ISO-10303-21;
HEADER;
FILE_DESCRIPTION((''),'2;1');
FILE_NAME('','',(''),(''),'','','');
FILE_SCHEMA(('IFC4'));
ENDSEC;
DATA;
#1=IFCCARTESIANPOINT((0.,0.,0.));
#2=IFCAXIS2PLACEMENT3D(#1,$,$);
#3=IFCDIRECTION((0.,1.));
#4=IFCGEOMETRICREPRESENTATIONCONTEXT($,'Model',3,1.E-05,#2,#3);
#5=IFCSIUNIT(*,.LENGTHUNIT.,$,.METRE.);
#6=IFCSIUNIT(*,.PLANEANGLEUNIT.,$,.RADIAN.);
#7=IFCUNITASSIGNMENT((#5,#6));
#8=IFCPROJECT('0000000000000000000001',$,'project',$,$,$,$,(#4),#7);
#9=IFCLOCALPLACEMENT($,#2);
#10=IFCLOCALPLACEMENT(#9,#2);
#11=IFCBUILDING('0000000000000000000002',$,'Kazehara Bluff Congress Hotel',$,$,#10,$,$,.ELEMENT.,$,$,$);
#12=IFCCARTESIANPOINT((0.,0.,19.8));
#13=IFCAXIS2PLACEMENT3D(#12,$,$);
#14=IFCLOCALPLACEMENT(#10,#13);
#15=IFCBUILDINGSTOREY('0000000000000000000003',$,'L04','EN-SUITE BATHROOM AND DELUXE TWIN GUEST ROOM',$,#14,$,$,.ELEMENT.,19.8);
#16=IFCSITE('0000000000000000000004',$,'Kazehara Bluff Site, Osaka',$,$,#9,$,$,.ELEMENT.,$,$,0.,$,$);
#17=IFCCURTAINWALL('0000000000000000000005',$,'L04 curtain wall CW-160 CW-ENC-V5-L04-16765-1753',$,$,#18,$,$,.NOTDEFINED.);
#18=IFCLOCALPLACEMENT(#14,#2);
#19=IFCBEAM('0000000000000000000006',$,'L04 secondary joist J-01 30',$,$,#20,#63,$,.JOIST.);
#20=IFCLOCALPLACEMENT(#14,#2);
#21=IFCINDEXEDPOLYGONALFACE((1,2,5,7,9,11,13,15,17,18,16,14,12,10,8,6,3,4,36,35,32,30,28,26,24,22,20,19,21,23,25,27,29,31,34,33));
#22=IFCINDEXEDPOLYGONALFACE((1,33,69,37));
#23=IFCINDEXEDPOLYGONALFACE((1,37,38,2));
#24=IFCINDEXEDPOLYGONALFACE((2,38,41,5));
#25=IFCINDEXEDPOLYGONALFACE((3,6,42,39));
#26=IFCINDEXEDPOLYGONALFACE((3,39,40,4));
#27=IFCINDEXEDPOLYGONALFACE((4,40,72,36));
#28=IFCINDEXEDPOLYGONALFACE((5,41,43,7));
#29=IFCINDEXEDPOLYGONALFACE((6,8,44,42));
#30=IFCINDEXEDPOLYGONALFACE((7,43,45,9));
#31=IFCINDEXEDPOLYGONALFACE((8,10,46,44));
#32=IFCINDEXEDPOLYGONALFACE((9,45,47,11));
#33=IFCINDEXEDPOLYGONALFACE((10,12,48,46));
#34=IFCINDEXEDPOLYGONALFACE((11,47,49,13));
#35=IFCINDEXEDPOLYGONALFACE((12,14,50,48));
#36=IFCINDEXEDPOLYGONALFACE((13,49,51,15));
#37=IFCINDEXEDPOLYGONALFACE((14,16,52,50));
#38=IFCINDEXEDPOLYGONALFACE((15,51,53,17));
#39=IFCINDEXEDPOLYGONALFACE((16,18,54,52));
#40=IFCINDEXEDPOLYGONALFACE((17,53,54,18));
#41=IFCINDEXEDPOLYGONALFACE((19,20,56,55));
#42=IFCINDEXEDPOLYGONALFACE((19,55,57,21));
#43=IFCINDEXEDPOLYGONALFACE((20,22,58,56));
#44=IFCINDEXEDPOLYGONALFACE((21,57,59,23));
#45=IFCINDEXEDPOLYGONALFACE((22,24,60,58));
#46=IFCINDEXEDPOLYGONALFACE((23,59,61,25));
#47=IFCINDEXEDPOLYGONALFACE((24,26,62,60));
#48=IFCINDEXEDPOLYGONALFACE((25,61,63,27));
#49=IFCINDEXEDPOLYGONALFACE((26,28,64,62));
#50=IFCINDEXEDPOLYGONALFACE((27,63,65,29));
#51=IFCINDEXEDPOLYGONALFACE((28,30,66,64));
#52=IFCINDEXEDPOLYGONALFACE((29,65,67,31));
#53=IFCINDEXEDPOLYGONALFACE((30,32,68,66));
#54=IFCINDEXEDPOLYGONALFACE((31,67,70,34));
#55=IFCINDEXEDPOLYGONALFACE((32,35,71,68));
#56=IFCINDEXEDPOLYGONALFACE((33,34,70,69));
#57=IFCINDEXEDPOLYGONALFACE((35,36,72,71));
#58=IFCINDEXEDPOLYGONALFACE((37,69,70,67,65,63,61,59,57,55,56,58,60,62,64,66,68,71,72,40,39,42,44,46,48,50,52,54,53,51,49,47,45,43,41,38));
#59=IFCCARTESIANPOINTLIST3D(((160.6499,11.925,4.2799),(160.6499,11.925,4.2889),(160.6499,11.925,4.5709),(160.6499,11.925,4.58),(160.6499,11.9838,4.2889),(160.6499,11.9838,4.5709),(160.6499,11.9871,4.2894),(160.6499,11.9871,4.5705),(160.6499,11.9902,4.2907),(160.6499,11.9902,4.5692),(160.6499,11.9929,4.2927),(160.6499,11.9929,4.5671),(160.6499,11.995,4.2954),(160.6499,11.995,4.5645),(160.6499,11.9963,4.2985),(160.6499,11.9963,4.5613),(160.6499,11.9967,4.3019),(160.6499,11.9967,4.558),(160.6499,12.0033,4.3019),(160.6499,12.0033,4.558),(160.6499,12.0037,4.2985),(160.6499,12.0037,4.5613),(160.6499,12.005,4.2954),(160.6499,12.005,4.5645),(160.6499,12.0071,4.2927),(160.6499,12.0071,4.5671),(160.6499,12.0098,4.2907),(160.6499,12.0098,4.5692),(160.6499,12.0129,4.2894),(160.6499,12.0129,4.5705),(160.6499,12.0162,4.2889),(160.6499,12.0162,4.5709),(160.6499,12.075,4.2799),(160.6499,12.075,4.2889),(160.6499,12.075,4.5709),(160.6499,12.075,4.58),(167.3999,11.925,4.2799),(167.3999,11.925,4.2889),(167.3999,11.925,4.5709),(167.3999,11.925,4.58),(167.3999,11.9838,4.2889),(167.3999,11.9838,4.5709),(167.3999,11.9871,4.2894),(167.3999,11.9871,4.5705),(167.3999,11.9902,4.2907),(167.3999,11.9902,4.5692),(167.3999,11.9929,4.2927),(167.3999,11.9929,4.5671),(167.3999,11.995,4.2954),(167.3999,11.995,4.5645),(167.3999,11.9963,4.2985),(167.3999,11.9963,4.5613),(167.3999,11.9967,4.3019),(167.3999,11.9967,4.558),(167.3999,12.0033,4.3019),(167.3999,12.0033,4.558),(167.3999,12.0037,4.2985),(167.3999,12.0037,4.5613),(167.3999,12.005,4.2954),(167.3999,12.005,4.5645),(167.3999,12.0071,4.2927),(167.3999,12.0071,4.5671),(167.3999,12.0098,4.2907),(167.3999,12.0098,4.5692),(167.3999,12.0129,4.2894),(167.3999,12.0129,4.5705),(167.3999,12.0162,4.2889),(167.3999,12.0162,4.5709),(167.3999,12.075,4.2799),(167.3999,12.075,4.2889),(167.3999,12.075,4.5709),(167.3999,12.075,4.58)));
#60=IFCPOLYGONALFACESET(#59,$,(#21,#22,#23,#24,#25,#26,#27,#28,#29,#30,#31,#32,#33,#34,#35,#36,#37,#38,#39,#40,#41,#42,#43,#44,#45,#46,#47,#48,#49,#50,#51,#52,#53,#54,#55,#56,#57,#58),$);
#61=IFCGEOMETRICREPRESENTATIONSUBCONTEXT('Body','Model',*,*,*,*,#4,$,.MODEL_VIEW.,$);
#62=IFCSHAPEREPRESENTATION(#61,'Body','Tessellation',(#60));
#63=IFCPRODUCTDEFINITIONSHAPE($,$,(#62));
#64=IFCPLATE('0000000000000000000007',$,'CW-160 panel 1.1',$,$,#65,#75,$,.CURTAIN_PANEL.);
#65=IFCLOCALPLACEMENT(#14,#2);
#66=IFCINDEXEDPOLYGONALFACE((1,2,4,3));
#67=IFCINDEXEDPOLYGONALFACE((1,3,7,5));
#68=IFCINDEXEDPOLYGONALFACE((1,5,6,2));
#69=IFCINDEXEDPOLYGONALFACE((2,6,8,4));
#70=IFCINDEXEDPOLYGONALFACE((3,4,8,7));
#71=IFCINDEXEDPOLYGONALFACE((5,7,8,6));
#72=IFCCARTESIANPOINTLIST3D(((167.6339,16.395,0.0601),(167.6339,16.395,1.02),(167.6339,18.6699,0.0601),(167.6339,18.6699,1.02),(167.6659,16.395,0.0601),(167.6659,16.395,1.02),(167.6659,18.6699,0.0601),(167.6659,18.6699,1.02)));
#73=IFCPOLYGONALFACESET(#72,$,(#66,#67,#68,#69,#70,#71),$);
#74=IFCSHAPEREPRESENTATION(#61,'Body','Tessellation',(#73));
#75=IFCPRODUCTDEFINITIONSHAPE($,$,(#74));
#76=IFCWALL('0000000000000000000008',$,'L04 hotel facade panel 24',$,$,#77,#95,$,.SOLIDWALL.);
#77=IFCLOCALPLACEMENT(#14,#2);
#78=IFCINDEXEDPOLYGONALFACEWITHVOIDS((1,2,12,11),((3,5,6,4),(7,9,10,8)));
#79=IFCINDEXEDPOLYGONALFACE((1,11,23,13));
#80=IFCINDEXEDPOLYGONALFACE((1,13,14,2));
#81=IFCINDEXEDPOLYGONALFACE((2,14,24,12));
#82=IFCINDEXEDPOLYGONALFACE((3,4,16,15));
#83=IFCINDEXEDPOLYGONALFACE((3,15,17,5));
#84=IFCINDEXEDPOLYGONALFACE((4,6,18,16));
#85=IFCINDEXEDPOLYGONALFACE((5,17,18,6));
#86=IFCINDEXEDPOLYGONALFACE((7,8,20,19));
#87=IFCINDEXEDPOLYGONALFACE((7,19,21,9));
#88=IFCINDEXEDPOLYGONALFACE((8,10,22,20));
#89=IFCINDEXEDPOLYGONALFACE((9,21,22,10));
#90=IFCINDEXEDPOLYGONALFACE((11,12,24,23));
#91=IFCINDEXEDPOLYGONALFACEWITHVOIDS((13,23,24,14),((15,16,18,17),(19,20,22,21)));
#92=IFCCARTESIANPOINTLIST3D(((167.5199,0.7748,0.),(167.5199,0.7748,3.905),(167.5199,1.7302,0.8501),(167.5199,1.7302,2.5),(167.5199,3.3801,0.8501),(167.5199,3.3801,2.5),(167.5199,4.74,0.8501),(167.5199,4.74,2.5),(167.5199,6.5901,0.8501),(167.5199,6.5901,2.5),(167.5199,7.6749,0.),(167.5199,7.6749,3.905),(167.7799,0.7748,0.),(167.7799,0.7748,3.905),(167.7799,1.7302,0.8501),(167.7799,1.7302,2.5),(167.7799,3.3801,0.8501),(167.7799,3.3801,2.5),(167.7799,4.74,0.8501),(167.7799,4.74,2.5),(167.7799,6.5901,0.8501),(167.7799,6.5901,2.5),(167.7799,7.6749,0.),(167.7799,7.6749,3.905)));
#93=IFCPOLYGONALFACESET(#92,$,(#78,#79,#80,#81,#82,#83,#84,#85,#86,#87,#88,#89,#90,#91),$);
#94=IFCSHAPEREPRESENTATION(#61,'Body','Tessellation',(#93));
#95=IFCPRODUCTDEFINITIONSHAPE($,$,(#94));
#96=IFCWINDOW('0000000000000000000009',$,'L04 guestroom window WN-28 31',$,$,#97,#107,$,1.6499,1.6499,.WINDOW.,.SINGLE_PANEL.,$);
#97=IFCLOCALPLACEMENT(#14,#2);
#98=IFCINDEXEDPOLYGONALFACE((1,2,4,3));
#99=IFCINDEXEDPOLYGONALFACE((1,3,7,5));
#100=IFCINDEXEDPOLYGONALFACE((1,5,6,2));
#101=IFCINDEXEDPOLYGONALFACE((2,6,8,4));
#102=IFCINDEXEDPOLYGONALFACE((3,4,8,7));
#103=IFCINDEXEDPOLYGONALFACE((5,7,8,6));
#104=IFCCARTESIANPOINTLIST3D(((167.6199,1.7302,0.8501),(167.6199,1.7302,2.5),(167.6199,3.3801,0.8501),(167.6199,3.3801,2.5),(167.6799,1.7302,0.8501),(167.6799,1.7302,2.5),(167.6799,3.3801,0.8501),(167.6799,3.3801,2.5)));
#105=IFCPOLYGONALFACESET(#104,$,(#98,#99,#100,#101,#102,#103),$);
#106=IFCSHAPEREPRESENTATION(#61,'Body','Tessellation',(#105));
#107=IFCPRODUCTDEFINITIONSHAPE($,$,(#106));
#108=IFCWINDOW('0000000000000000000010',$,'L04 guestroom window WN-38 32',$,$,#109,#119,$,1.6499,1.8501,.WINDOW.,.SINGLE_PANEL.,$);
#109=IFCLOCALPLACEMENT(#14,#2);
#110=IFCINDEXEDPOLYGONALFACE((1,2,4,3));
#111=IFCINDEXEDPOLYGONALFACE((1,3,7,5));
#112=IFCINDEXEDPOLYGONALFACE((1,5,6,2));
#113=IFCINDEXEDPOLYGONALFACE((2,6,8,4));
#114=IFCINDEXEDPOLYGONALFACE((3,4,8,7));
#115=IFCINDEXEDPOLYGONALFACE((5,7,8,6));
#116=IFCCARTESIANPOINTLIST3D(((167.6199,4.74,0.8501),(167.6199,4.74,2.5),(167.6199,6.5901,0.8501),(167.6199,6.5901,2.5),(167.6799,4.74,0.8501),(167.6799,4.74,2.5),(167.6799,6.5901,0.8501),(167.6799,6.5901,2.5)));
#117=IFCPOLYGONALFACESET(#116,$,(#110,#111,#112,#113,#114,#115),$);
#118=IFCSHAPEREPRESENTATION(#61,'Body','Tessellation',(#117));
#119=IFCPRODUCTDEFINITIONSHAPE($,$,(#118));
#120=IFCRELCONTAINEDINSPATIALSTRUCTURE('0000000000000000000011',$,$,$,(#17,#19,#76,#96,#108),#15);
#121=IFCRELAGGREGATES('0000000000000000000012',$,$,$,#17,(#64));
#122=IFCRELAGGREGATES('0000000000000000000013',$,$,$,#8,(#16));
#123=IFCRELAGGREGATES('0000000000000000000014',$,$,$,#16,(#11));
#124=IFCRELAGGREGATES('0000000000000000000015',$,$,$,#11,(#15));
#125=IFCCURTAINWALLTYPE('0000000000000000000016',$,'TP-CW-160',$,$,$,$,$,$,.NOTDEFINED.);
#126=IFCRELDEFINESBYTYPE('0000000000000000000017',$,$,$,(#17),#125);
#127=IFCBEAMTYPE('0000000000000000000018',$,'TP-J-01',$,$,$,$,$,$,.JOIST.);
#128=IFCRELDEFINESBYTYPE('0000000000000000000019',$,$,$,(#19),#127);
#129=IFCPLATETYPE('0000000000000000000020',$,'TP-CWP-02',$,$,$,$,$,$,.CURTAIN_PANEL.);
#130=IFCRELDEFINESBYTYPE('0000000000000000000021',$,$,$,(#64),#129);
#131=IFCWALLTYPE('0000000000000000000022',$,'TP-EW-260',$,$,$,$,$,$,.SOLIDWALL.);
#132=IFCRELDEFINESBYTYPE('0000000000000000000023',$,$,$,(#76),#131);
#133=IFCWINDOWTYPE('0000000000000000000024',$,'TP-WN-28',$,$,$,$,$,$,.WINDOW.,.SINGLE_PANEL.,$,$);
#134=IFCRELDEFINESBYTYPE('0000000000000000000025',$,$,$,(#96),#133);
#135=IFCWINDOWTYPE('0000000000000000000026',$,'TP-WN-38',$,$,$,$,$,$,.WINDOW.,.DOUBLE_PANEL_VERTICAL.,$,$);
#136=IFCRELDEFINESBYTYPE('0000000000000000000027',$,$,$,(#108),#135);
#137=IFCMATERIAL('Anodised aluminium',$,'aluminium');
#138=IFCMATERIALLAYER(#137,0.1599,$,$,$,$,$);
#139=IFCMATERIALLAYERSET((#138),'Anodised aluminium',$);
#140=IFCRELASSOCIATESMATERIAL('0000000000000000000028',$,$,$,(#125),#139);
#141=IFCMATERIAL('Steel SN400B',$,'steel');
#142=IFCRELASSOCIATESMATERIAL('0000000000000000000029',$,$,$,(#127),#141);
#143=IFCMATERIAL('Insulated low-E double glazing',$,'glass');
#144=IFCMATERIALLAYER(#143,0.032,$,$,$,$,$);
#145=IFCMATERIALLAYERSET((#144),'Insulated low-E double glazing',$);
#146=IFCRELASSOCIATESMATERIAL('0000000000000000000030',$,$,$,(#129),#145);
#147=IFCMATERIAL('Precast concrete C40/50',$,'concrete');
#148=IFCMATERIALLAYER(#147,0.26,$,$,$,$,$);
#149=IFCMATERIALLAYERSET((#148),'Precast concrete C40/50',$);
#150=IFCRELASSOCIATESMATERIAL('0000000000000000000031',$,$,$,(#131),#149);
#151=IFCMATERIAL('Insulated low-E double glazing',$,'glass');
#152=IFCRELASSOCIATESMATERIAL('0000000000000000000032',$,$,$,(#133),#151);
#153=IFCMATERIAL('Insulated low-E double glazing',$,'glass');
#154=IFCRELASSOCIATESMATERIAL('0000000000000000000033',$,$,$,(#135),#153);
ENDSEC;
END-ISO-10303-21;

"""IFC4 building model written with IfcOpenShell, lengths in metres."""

from ifc_helpers import new_model, si_unit, direction, frame, frame_2d, origin, origin_2d, place, context, subcontext, project, spatial, rectangle, i_section, extrude, material, layer, layer_set, material_profile, profile_set, type_object, element, fill, aggregate, save


model = new_model("IFC4")

# Units and contexts
model_context = context("Model", 3, precision=1e-05, world=origin(), true_north=direction((0.0, 1.0)))
body_context = subcontext(model_context, "Body", "Model", "MODEL_VIEW")
ifc_project = project(units=[si_unit("LENGTHUNIT", "METRE"), si_unit("PLANEANGLEUNIT", "RADIAN")], contexts=[model_context])

# Site, building, storey
site_placement = place(None, origin())
site = spatial("IfcSite", under=ifc_project, at=site_placement, Name="Kazehara Bluff Site, Osaka", CompositionType="ELEMENT", RefElevation=0.0)
building_placement = place(site_placement, origin())
building = spatial("IfcBuilding", under=site, at=building_placement, Name="Kazehara Bluff Congress Hotel", CompositionType="ELEMENT")
storey_placement = place(building_placement, frame((0.0, 0.0, 19.8)))
storey = spatial("IfcBuildingStorey", under=building, at=storey_placement, Name="L04", Description="EN-SUITE BATHROOM AND DELUXE TWIN GUEST ROOM", CompositionType="ELEMENT", Elevation=19.8)

# Curtain wall
ifc_material_1 = material(Name="Anodised aluminium", Category="aluminium")
ifc_layer_1 = layer(ifc_material_1, 0.1599)
ifc_layer_set_1 = layer_set([ifc_layer_1], Name="Anodised aluminium")
curtain_wall_type = type_object("IfcCurtainWallType", Name="TP-CW-160", PredefinedType="NOTDEFINED", material=ifc_layer_set_1)
curtain_wall_placement = place(storey_placement, origin())
curtain_wall = element("IfcCurtainWall", 1, at=curtain_wall_placement, inside=storey, type_object=curtain_wall_type, Name="L04 curtain wall CW-160 CW-ENC-V5-L04-16765-1753", PredefinedType="NOTDEFINED")

# Beam
ifc_material_2 = material(Name="Steel SN400B", Category="steel")
ifc_material_profile_1 = material_profile(ifc_material_2, i_section(OverallWidth=0.1499, OverallDepth=0.3, WebThickness=0.0066, FlangeThickness=0.009, FilletRadius=0.0129, at=origin_2d()))
ifc_profile_set_1 = profile_set([ifc_material_profile_1], Name="Steel SN400B")
beam_type_1 = type_object("IfcBeamType", Name="TP-J-01", PredefinedType="JOIST", material=ifc_profile_set_1)
for number, where, z_axis, x_axis, name in (
    (2, (160.6499, 12.0, 4.4299), (1.0, 0.0, 0.0), (0.0, 1.0, 0.0), "L04 secondary joist J-01 30"),
):
    element("IfcBeam", number, at=place(storey_placement, frame(where, z_axis=z_axis, x_axis=x_axis)), inside=storey, type_object=beam_type_1, Name=name, PredefinedType="JOIST", context=body_context, shape_type="SweptSolid", body=[
        extrude(i_section(OverallWidth=0.1499, OverallDepth=0.3, WebThickness=0.0066, FlangeThickness=0.009, FilletRadius=0.0129, at=origin_2d()), origin(), (0.0, 0.0, 1.0), 6.75),
    ])

# Plate
ifc_material_3 = material(Name="Insulated low-E double glazing", Category="glass")
ifc_layer_2 = layer(ifc_material_3, 0.032)
ifc_layer_set_2 = layer_set([ifc_layer_2], Name="Insulated low-E double glazing")
plate_type = type_object("IfcPlateType", Name="TP-CWP-02", PredefinedType="CURTAIN_PANEL", material=ifc_layer_set_2)
plate_placement = place(storey_placement, frame((167.6499, 17.5325, 0.0601), z_axis=(0.0, 0.0, 1.0), x_axis=(0.0, -1.0, 0.0)))
plate = element("IfcPlate", 3, at=plate_placement, type_object=plate_type, Name="CW-160 panel 1.1", PredefinedType="CURTAIN_PANEL", context=body_context, shape_type="SweptSolid", body=[
    extrude(rectangle(XDim=2.2749, YDim=0.032, at=origin_2d()), origin(), (0.0, 0.0, 1.0), 0.96),
])
aggregate(curtain_wall, [plate])

# Wall, openings, windows
ifc_material_4 = material(Name="Precast concrete C40/50", Category="concrete")
ifc_layer_3 = layer(ifc_material_4, 0.26)
ifc_layer_set_3 = layer_set([ifc_layer_3], Name="Precast concrete C40/50")
wall_type_1 = type_object("IfcWallType", Name="TP-EW-260", PredefinedType="SOLIDWALL", material=ifc_layer_set_3)
wall_1_placement = place(storey_placement, frame((167.6499, 7.675, 0.0), z_axis=(0.0, 0.0, 1.0), x_axis=(0.0, -1.0, 0.0)))
wall_1 = element("IfcWall", 4, at=wall_1_placement, inside=storey, type_object=wall_type_1, Name="L04 hotel facade panel 24", PredefinedType="SOLIDWALL", context=body_context, shape_type="SweptSolid", body=[
    extrude(rectangle(XDim=6.9001, YDim=0.26, at=frame_2d((3.4502, 0.0))), origin(), (0.0, 0.0, 1.0), 3.905),
])
opening_1_placement = place(wall_1_placement, frame((4.2949, 0.0, 0.8501)))
opening_1 = element("IfcOpeningElement", 5, at=opening_1_placement, cuts=wall_1, PredefinedType="OPENING", context=body_context, shape_type="SweptSolid", body=[
    extrude(rectangle(XDim=1.6499, YDim=1.6499, at=frame_2d((0.825, 0.825))), frame((0.0, 0.1399, 0.0), z_axis=(0.0, -1.0, 0.0), x_axis=(1.0, 0.0, 0.0)), (0.0, 0.0, 1.0), 0.28),
])
opening_2_placement = place(wall_1_placement, frame((1.085, 0.0, 0.8501)))
opening_2 = element("IfcOpeningElement", 6, at=opening_2_placement, cuts=wall_1, PredefinedType="OPENING", context=body_context, shape_type="SweptSolid", body=[
    extrude(rectangle(XDim=1.8501, YDim=1.6499, at=frame_2d((0.925, 0.825))), frame((0.0, 0.1399, 0.0), z_axis=(0.0, -1.0, 0.0), x_axis=(1.0, 0.0, 0.0)), (0.0, 0.0, 1.0), 0.28),
])
ifc_material_5 = material(Name="Insulated low-E double glazing", Category="glass")
window_type_1 = type_object("IfcWindowType", Name="TP-WN-28", PartitioningType="SINGLE_PANEL", PredefinedType="WINDOW", material=ifc_material_5)
window_1_placement = place(opening_1_placement, origin())
window_1 = element("IfcWindow", 7, at=window_1_placement, inside=storey, type_object=window_type_1, Name="L04 guestroom window WN-28 31", OverallHeight=1.6499, OverallWidth=1.6499, PartitioningType="SINGLE_PANEL", PredefinedType="WINDOW", context=body_context, shape_type="SweptSolid", body=[
    extrude(rectangle(XDim=1.6499, YDim=1.6499, at=frame_2d((0.825, 0.825))), frame((0.0, 0.03, 0.0), z_axis=(0.0, -1.0, 0.0), x_axis=(1.0, 0.0, 0.0)), (0.0, 0.0, 1.0), 0.0601),
])
fill(opening_1, window_1)
ifc_material_6 = material(Name="Insulated low-E double glazing", Category="glass")
window_type_2 = type_object("IfcWindowType", Name="TP-WN-38", PartitioningType="DOUBLE_PANEL_VERTICAL", PredefinedType="WINDOW", material=ifc_material_6)
window_2_placement = place(opening_2_placement, origin())
window_2 = element("IfcWindow", 8, at=window_2_placement, inside=storey, type_object=window_type_2, Name="L04 guestroom window WN-38 32", OverallHeight=1.6499, OverallWidth=1.8501, PartitioningType="SINGLE_PANEL", PredefinedType="WINDOW", context=body_context, shape_type="SweptSolid", body=[
    extrude(rectangle(XDim=1.8501, YDim=1.6499, at=frame_2d((0.925, 0.825))), frame((0.0, 0.03, 0.0), z_axis=(0.0, -1.0, 0.0), x_axis=(1.0, 0.0, 0.0)), (0.0, 0.0, 1.0), 0.0601),
])
fill(opening_2, window_2)

save(model, "model.ifc")
